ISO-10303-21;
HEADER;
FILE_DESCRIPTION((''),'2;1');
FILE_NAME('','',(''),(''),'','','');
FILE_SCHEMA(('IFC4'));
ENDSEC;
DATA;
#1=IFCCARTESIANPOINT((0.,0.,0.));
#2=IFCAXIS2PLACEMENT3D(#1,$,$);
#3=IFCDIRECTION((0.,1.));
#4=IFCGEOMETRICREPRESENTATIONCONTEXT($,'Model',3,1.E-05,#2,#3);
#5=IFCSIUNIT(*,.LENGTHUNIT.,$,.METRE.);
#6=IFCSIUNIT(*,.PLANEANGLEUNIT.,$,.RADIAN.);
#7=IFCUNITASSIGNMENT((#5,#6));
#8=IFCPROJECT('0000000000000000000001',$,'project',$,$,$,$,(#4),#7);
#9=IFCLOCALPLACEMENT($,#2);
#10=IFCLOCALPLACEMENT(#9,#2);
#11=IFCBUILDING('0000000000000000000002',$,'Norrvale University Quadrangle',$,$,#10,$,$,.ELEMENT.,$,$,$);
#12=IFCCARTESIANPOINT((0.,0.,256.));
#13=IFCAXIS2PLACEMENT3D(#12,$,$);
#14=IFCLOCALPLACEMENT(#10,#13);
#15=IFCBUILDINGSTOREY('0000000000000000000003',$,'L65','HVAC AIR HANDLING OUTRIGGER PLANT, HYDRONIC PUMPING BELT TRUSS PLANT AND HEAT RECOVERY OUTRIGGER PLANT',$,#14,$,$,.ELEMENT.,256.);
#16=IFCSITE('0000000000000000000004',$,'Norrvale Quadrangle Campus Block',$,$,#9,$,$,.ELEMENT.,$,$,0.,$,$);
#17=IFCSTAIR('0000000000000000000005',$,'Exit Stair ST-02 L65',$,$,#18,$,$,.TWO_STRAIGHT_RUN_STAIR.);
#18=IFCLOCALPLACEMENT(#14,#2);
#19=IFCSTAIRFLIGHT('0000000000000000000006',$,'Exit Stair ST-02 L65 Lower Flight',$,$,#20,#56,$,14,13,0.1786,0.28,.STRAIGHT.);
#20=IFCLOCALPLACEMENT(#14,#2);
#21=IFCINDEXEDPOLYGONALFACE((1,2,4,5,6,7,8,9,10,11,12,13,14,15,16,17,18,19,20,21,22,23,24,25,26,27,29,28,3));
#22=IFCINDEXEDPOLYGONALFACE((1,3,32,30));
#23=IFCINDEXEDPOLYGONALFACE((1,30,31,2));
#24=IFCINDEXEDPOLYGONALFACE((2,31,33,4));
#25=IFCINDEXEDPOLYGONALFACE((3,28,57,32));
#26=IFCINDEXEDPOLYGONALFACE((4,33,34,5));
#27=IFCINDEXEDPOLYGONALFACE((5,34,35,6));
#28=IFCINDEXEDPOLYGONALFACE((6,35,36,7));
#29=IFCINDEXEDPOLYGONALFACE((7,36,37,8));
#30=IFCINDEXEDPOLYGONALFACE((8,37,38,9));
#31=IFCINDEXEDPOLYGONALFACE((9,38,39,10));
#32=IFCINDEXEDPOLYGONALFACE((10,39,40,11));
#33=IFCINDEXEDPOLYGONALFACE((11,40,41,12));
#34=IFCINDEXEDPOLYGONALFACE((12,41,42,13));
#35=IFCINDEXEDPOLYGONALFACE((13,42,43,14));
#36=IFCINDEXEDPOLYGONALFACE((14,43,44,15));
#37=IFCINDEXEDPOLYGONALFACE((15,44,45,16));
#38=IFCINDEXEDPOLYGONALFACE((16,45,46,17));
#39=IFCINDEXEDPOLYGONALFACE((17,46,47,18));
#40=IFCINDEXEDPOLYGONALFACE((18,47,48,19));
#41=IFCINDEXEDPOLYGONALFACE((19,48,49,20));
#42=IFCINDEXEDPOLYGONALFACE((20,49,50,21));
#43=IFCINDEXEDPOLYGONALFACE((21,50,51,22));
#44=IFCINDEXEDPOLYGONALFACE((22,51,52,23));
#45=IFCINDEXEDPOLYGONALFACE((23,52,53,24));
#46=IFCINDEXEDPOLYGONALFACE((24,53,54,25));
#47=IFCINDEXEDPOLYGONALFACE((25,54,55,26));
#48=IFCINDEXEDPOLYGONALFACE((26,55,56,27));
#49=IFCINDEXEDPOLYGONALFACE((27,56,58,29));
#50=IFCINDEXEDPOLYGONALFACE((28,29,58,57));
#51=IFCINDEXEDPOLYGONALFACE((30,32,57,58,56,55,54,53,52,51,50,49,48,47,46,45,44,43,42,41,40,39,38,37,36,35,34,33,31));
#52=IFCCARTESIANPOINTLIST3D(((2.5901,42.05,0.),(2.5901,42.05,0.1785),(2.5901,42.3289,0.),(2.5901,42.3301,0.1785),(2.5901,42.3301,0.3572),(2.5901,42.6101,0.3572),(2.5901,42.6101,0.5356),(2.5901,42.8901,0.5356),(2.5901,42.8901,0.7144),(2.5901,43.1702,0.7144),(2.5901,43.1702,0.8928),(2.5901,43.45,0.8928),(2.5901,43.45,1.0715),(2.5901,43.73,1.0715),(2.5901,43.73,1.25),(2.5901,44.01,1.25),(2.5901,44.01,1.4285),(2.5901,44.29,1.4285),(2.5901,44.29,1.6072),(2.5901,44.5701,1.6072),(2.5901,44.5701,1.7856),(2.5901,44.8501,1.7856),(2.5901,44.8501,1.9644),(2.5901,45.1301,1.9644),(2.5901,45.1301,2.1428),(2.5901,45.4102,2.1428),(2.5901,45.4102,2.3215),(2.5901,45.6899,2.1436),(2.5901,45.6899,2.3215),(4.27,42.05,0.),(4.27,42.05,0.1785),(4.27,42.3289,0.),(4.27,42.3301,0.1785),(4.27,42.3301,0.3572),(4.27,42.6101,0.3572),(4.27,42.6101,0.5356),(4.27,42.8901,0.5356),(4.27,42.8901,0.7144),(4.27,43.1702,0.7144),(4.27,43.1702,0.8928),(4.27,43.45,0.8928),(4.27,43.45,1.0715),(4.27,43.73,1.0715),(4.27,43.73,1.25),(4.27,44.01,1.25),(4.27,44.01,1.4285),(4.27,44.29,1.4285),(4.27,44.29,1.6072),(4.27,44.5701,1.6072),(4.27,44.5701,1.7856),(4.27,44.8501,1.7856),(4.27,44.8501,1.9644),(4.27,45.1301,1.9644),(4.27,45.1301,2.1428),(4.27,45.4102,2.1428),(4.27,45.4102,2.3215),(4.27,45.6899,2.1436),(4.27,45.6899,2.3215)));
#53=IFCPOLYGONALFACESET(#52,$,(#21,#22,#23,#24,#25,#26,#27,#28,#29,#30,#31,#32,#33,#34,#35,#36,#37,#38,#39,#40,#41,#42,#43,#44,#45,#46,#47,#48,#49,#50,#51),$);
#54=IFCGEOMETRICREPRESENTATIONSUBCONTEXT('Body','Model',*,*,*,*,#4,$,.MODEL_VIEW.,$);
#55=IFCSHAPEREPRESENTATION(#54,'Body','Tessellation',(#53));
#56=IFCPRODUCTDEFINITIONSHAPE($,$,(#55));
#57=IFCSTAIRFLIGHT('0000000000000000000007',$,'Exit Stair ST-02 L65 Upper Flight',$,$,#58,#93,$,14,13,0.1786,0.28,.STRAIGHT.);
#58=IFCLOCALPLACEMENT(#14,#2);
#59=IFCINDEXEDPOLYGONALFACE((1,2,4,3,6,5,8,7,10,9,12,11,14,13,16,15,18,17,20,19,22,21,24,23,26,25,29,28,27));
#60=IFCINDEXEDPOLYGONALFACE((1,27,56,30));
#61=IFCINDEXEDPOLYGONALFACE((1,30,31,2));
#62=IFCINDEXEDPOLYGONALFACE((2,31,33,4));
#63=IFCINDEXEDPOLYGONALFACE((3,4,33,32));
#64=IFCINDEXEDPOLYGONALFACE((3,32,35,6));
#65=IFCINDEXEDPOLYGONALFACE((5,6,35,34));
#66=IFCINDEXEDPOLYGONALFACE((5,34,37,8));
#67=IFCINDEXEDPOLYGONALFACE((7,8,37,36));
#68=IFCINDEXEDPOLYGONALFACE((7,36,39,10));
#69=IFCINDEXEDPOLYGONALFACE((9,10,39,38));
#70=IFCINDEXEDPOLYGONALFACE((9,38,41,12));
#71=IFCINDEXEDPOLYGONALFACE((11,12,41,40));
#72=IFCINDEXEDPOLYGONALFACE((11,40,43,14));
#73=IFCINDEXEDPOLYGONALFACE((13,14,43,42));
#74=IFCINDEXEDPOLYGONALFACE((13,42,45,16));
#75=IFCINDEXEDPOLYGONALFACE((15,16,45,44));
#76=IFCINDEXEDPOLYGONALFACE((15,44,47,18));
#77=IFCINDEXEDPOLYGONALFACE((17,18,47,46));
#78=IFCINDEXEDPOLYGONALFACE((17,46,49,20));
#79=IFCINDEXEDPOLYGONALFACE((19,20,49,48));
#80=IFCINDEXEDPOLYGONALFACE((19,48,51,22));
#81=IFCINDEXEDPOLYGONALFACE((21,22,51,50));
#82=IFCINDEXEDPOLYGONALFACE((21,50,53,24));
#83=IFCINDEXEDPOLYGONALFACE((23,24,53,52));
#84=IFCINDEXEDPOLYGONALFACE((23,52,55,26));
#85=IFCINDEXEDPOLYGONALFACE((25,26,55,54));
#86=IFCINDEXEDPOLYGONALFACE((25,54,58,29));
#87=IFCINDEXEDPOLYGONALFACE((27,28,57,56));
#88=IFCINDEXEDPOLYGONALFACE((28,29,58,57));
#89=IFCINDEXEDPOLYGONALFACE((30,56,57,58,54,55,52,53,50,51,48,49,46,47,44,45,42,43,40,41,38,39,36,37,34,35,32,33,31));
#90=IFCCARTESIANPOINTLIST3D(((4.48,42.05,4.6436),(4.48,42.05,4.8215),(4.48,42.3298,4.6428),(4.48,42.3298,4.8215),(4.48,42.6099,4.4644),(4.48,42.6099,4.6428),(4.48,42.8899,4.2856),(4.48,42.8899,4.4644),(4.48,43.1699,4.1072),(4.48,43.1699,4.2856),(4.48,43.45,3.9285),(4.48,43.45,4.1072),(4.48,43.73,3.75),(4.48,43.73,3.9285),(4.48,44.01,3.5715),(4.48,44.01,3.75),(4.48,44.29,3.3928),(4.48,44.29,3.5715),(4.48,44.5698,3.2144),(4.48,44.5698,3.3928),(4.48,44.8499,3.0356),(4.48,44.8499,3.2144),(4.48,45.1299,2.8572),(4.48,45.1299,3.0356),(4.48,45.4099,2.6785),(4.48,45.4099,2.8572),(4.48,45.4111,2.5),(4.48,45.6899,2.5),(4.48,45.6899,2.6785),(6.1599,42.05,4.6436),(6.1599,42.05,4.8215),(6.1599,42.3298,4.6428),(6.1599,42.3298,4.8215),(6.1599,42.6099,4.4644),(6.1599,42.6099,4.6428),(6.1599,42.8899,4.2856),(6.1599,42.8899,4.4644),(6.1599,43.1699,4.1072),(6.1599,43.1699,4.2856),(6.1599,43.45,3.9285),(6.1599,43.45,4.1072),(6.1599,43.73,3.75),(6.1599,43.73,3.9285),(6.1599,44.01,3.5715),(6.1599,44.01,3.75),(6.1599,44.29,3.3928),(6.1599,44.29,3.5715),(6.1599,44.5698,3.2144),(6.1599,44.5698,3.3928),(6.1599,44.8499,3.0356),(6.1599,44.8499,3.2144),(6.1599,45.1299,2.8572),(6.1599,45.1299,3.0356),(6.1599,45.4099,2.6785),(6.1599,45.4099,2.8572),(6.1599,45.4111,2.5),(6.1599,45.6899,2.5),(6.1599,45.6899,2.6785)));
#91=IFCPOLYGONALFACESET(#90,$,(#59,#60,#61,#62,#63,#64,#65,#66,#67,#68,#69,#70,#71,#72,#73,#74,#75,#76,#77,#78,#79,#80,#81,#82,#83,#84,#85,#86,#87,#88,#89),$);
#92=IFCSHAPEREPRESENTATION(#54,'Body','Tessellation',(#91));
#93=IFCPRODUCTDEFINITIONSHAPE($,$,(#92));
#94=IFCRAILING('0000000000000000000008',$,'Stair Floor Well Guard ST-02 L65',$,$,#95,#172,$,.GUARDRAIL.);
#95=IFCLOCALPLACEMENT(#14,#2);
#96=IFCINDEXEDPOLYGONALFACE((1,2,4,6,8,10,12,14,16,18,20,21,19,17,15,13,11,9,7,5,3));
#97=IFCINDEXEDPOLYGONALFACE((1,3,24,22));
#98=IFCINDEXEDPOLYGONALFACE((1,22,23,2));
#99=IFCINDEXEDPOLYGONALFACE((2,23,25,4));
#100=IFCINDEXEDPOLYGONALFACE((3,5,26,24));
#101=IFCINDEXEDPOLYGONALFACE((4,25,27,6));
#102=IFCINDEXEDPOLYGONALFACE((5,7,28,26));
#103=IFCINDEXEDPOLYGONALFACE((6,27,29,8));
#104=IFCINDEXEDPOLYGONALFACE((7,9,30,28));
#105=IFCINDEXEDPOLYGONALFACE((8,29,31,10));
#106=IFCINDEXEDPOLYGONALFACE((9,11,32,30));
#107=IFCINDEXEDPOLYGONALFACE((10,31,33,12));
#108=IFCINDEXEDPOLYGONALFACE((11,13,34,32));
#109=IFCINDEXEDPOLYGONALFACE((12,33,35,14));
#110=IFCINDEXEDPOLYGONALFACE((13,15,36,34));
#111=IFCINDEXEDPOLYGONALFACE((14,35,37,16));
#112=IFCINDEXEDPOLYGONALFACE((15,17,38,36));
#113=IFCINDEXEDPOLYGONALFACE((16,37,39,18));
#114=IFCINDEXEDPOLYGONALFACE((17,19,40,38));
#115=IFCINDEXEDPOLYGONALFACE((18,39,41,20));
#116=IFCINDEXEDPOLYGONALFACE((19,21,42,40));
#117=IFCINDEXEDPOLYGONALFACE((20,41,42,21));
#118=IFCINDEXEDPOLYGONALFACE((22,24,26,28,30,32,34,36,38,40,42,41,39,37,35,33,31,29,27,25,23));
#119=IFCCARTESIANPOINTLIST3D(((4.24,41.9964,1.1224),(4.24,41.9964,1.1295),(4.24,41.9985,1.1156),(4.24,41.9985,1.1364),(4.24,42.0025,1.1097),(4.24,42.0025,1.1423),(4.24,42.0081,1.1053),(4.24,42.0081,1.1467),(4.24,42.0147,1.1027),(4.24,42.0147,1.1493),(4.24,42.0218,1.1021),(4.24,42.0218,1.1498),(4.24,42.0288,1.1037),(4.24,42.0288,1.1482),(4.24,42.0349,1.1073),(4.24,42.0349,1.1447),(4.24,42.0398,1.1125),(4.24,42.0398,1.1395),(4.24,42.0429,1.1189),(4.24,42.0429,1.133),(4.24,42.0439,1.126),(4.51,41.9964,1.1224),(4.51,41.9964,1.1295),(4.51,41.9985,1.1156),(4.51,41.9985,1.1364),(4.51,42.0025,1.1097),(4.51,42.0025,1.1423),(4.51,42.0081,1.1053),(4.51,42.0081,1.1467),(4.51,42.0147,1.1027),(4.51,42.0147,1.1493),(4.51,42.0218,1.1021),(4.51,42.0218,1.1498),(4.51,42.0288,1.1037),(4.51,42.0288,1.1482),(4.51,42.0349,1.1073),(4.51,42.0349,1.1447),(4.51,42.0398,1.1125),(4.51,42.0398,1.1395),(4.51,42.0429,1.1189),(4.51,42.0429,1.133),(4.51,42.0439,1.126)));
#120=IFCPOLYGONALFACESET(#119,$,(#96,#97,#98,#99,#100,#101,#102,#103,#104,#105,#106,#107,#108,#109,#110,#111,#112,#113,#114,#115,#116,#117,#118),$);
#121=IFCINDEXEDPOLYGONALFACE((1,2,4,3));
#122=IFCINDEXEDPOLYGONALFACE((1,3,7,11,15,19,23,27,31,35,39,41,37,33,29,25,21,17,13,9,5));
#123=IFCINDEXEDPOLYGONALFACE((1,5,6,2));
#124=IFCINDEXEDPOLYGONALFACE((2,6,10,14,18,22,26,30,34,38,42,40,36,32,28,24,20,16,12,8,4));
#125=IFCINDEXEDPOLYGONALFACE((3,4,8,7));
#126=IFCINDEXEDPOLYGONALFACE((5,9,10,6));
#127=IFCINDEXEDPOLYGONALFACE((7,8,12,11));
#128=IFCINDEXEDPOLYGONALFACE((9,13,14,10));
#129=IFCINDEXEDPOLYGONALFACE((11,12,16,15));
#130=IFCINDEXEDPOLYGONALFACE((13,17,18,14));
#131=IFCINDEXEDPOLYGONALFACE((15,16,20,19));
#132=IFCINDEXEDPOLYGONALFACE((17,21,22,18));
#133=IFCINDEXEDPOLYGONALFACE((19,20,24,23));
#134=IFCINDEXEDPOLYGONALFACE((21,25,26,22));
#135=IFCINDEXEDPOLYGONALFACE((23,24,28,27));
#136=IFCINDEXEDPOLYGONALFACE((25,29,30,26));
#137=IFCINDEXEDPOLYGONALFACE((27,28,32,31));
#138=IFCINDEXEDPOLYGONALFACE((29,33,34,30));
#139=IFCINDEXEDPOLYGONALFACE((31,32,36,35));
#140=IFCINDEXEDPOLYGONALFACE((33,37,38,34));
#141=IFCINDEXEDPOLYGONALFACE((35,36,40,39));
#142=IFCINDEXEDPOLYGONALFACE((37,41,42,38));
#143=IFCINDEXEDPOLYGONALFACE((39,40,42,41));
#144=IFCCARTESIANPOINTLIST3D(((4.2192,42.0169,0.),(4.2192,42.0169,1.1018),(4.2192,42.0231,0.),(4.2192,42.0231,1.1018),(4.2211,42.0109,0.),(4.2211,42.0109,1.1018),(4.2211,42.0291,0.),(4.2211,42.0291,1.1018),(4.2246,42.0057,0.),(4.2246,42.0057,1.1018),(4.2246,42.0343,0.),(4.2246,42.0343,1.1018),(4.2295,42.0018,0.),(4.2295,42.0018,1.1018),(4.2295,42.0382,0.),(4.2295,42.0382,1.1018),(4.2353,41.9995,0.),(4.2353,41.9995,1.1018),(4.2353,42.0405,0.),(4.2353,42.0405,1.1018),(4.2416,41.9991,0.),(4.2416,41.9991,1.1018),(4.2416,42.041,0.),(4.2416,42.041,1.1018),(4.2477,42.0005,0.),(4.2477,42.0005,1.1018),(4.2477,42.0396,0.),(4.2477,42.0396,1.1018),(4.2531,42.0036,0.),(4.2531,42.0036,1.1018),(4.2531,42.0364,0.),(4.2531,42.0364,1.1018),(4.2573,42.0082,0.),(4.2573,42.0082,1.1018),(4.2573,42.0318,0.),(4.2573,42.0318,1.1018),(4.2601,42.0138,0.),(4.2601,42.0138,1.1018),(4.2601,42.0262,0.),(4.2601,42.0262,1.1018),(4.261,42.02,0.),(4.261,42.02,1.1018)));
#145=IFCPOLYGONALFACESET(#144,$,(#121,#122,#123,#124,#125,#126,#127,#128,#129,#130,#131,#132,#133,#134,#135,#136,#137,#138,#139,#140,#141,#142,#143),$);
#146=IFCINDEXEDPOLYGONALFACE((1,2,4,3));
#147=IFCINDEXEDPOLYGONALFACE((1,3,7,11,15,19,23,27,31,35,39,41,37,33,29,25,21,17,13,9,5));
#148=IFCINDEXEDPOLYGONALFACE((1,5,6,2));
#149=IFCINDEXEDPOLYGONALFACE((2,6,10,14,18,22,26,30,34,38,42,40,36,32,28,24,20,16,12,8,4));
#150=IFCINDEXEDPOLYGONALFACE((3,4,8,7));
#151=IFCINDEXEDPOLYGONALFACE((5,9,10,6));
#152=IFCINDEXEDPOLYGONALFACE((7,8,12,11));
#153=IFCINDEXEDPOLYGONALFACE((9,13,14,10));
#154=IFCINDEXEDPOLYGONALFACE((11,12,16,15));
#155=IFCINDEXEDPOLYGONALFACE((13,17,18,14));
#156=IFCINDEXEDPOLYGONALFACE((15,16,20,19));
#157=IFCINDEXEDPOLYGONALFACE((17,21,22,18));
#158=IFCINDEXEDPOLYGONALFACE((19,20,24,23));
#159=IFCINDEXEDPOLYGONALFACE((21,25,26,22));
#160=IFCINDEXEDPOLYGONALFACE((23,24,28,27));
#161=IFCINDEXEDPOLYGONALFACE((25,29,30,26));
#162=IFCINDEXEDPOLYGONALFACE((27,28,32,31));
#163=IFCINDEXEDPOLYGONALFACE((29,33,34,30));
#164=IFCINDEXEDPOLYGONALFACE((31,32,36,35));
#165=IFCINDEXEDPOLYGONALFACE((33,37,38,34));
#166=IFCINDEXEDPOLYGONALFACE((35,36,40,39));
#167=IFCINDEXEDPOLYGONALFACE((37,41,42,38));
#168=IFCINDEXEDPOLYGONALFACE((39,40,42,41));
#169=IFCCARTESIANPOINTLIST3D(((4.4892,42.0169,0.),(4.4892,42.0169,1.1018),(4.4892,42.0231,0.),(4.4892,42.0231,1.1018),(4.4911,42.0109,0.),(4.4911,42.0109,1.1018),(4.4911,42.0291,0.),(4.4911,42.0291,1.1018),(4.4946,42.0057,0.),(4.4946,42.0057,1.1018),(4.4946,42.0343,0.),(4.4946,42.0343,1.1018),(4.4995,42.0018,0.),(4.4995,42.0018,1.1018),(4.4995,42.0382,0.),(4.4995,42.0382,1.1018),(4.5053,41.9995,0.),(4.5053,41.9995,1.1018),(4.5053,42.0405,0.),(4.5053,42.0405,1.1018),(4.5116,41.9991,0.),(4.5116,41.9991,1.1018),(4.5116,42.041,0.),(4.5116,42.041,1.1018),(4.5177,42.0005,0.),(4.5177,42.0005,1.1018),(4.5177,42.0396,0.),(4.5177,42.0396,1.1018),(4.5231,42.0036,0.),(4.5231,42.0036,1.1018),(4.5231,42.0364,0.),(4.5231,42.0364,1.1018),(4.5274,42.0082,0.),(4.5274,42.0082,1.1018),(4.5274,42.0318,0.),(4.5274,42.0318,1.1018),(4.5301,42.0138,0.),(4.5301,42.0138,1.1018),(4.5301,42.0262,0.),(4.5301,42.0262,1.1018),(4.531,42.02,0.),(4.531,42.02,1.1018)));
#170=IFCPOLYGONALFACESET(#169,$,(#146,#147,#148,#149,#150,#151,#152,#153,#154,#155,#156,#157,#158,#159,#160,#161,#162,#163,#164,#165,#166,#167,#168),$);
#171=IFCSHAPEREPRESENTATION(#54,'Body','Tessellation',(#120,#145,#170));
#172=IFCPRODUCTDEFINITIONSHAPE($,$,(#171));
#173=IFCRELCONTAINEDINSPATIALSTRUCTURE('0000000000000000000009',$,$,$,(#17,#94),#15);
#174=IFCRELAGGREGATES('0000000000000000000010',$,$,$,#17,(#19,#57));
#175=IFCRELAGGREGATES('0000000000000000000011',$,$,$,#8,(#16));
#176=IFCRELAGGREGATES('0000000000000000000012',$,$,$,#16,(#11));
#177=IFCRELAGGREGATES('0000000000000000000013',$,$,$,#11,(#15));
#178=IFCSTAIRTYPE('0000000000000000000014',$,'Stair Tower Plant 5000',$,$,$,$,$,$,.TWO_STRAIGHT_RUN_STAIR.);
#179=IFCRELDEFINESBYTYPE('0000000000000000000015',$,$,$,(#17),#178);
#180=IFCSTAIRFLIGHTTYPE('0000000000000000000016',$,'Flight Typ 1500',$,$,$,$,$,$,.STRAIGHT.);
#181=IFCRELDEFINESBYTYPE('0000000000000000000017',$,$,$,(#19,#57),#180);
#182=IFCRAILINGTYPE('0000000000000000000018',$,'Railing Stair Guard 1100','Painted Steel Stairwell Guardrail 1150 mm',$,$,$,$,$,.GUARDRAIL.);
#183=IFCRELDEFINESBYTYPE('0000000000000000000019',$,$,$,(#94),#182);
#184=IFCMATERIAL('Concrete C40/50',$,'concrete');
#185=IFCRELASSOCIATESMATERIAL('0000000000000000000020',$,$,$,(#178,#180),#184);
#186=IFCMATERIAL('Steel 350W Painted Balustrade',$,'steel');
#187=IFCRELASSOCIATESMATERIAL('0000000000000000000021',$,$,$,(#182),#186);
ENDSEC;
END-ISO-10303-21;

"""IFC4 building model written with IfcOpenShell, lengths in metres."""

from ifc_helpers import new_model, si_unit, direction, frame, origin, origin_2d, place, context, subcontext, project, spatial, polyline, circle, outline, extrude, material, type_object, element, aggregate, save


model = new_model("IFC4")

# Units and contexts
model_context = context("Model", 3, precision=1e-05, world=origin(), true_north=direction((0.0, 1.0)))
body_context = subcontext(model_context, "Body", "Model", "MODEL_VIEW")
ifc_project = project(units=[si_unit("LENGTHUNIT", "METRE"), si_unit("PLANEANGLEUNIT", "RADIAN")], contexts=[model_context])

# Site, building, storey
site_placement = place(None, origin())
site = spatial("IfcSite", under=ifc_project, at=site_placement, Name="Norrvale Quadrangle Campus Block", CompositionType="ELEMENT", RefElevation=0.0)
building_placement = place(site_placement, origin())
building = spatial("IfcBuilding", under=site, at=building_placement, Name="Norrvale University Quadrangle", CompositionType="ELEMENT")
storey_placement = place(building_placement, frame((0.0, 0.0, 256.0)))
storey = spatial("IfcBuildingStorey", under=building, at=storey_placement, Name="L65", Description="HVAC AIR HANDLING OUTRIGGER PLANT, HYDRONIC PUMPING BELT TRUSS PLANT AND HEAT RECOVERY OUTRIGGER PLANT", CompositionType="ELEMENT", Elevation=256.0)

# Stair, stair flights
ifc_material_1 = material(Name="Concrete C40/50", Category="concrete")
stair_type = type_object("IfcStairType", Name="Stair Tower Plant 5000", PredefinedType="TWO_STRAIGHT_RUN_STAIR", material=ifc_material_1)
stair_placement = place(storey_placement, origin())
stair = element("IfcStair", 1, at=stair_placement, inside=storey, type_object=stair_type, Name="Exit Stair ST-02 L65", PredefinedType="TWO_STRAIGHT_RUN_STAIR")
stair_flight_type = type_object("IfcStairFlightType", Name="Flight Typ 1500", PredefinedType="STRAIGHT", material=ifc_material_1)
stair_flight_1_placement = place(storey_placement, frame((3.4299, 42.05, 0.0), z_axis=(0.0, 0.0, 1.0), x_axis=(0.0, 1.0, 0.0)))
stair_flight_1 = element("IfcStairFlight", 2, at=stair_flight_1_placement, type_object=stair_flight_type, Name="Exit Stair ST-02 L65 Lower Flight", NumberOfRisers=14, NumberOfTreads=13, PredefinedType="STRAIGHT", RiserHeight=0.1786, TreadLength=0.28, context=body_context, shape_type="SweptSolid", body=[
    extrude(outline(polyline([(0.0, 0.0), (0.0, 0.1785), (0.28, 0.1785), (0.28, 0.3572), (0.5601, 0.3572), (0.5601, 0.5356), (0.8401, 0.5356), (0.8401, 0.7144), (1.1201, 0.7144), (1.1201, 0.8928), (1.3999, 0.8928), (1.3999, 1.0715), (1.6799, 1.0715), (1.6799, 1.25), (1.96, 1.25), (1.96, 1.4285), (2.24, 1.4285), (2.24, 1.6072), (2.52, 1.6072), (2.52, 1.7856), (2.8, 1.7856), (2.8, 1.9644), (3.0801, 1.9644), (3.0801, 2.1428), (3.3601, 2.1428), (3.3601, 2.3215), (3.6399, 2.3215), (3.6399, 2.5), (3.6399, 2.1436), (0.2788, 0.0), (0.0, 0.0)])), frame((0.0, 0.8398, 0.0), z_axis=(0.0, -1.0, 0.0), x_axis=(1.0, 0.0, 0.0)), (0.0, 0.0, 1.0), 1.6799),
])
stair_flight_2_placement = place(storey_placement, frame((5.3201, 45.6899, 2.5), z_axis=(0.0, 0.0, 1.0), x_axis=(0.0, -1.0, 0.0)))
stair_flight_2 = element("IfcStairFlight", 3, at=stair_flight_2_placement, type_object=stair_flight_type, Name="Exit Stair ST-02 L65 Upper Flight", NumberOfRisers=14, NumberOfTreads=13, PredefinedType="STRAIGHT", RiserHeight=0.1786, TreadLength=0.28, context=body_context, shape_type="SweptSolid", body=[
    extrude(outline(polyline([(0.0, 0.0), (0.0, 0.1785), (0.28, 0.1785), (0.28, 0.3572), (0.5601, 0.3572), (0.5601, 0.5356), (0.8401, 0.5356), (0.8401, 0.7144), (1.1201, 0.7144), (1.1201, 0.8928), (1.3999, 0.8928), (1.3999, 1.0715), (1.6799, 1.0715), (1.6799, 1.25), (1.96, 1.25), (1.96, 1.4285), (2.24, 1.4285), (2.24, 1.6072), (2.52, 1.6072), (2.52, 1.7856), (2.8, 1.7856), (2.8, 1.9644), (3.0801, 1.9644), (3.0801, 2.1428), (3.3601, 2.1428), (3.3601, 2.3215), (3.6399, 2.3215), (3.6399, 2.5), (3.6399, 2.1436), (0.2788, 0.0), (0.0, 0.0)])), frame((0.0, 0.8398, 0.0), z_axis=(0.0, -1.0, 0.0), x_axis=(1.0, 0.0, 0.0)), (0.0, 0.0, 1.0), 1.6799),
])
aggregate(stair, [stair_flight_1, stair_flight_2])

# Railing
ifc_material_2 = material(Name="Steel 350W Painted Balustrade", Category="steel")
railing_type_1 = type_object("IfcRailingType", Name="Railing Stair Guard 1100", Description="Painted Steel Stairwell Guardrail 1150 mm", PredefinedType="GUARDRAIL", material=ifc_material_2)
railing_1_placement = place(storey_placement, frame((4.24, 42.02, 0.0)))
element("IfcRailing", 4, at=railing_1_placement, inside=storey, type_object=railing_type_1, Name="Stair Floor Well Guard ST-02 L65", PredefinedType="GUARDRAIL", context=body_context, shape_type="SweptSolid", body=[
    extrude(circle(Radius=0.0239, at=origin_2d()), frame((0.0, 0.0, 1.126), z_axis=(1.0, 0.0, 0.0), x_axis=(0.0, 1.0, 0.0)), (0.0, 0.0, 1.0), 0.27),
    extrude(circle(Radius=0.021, at=origin_2d()), origin(), (0.0, 0.0, 1.0), 1.1018),
    extrude(circle(Radius=0.021, at=origin_2d()), frame((0.27, 0.0, 0.0)), (0.0, 0.0, 1.0), 1.1018),
])

save(model, "model.ifc")
